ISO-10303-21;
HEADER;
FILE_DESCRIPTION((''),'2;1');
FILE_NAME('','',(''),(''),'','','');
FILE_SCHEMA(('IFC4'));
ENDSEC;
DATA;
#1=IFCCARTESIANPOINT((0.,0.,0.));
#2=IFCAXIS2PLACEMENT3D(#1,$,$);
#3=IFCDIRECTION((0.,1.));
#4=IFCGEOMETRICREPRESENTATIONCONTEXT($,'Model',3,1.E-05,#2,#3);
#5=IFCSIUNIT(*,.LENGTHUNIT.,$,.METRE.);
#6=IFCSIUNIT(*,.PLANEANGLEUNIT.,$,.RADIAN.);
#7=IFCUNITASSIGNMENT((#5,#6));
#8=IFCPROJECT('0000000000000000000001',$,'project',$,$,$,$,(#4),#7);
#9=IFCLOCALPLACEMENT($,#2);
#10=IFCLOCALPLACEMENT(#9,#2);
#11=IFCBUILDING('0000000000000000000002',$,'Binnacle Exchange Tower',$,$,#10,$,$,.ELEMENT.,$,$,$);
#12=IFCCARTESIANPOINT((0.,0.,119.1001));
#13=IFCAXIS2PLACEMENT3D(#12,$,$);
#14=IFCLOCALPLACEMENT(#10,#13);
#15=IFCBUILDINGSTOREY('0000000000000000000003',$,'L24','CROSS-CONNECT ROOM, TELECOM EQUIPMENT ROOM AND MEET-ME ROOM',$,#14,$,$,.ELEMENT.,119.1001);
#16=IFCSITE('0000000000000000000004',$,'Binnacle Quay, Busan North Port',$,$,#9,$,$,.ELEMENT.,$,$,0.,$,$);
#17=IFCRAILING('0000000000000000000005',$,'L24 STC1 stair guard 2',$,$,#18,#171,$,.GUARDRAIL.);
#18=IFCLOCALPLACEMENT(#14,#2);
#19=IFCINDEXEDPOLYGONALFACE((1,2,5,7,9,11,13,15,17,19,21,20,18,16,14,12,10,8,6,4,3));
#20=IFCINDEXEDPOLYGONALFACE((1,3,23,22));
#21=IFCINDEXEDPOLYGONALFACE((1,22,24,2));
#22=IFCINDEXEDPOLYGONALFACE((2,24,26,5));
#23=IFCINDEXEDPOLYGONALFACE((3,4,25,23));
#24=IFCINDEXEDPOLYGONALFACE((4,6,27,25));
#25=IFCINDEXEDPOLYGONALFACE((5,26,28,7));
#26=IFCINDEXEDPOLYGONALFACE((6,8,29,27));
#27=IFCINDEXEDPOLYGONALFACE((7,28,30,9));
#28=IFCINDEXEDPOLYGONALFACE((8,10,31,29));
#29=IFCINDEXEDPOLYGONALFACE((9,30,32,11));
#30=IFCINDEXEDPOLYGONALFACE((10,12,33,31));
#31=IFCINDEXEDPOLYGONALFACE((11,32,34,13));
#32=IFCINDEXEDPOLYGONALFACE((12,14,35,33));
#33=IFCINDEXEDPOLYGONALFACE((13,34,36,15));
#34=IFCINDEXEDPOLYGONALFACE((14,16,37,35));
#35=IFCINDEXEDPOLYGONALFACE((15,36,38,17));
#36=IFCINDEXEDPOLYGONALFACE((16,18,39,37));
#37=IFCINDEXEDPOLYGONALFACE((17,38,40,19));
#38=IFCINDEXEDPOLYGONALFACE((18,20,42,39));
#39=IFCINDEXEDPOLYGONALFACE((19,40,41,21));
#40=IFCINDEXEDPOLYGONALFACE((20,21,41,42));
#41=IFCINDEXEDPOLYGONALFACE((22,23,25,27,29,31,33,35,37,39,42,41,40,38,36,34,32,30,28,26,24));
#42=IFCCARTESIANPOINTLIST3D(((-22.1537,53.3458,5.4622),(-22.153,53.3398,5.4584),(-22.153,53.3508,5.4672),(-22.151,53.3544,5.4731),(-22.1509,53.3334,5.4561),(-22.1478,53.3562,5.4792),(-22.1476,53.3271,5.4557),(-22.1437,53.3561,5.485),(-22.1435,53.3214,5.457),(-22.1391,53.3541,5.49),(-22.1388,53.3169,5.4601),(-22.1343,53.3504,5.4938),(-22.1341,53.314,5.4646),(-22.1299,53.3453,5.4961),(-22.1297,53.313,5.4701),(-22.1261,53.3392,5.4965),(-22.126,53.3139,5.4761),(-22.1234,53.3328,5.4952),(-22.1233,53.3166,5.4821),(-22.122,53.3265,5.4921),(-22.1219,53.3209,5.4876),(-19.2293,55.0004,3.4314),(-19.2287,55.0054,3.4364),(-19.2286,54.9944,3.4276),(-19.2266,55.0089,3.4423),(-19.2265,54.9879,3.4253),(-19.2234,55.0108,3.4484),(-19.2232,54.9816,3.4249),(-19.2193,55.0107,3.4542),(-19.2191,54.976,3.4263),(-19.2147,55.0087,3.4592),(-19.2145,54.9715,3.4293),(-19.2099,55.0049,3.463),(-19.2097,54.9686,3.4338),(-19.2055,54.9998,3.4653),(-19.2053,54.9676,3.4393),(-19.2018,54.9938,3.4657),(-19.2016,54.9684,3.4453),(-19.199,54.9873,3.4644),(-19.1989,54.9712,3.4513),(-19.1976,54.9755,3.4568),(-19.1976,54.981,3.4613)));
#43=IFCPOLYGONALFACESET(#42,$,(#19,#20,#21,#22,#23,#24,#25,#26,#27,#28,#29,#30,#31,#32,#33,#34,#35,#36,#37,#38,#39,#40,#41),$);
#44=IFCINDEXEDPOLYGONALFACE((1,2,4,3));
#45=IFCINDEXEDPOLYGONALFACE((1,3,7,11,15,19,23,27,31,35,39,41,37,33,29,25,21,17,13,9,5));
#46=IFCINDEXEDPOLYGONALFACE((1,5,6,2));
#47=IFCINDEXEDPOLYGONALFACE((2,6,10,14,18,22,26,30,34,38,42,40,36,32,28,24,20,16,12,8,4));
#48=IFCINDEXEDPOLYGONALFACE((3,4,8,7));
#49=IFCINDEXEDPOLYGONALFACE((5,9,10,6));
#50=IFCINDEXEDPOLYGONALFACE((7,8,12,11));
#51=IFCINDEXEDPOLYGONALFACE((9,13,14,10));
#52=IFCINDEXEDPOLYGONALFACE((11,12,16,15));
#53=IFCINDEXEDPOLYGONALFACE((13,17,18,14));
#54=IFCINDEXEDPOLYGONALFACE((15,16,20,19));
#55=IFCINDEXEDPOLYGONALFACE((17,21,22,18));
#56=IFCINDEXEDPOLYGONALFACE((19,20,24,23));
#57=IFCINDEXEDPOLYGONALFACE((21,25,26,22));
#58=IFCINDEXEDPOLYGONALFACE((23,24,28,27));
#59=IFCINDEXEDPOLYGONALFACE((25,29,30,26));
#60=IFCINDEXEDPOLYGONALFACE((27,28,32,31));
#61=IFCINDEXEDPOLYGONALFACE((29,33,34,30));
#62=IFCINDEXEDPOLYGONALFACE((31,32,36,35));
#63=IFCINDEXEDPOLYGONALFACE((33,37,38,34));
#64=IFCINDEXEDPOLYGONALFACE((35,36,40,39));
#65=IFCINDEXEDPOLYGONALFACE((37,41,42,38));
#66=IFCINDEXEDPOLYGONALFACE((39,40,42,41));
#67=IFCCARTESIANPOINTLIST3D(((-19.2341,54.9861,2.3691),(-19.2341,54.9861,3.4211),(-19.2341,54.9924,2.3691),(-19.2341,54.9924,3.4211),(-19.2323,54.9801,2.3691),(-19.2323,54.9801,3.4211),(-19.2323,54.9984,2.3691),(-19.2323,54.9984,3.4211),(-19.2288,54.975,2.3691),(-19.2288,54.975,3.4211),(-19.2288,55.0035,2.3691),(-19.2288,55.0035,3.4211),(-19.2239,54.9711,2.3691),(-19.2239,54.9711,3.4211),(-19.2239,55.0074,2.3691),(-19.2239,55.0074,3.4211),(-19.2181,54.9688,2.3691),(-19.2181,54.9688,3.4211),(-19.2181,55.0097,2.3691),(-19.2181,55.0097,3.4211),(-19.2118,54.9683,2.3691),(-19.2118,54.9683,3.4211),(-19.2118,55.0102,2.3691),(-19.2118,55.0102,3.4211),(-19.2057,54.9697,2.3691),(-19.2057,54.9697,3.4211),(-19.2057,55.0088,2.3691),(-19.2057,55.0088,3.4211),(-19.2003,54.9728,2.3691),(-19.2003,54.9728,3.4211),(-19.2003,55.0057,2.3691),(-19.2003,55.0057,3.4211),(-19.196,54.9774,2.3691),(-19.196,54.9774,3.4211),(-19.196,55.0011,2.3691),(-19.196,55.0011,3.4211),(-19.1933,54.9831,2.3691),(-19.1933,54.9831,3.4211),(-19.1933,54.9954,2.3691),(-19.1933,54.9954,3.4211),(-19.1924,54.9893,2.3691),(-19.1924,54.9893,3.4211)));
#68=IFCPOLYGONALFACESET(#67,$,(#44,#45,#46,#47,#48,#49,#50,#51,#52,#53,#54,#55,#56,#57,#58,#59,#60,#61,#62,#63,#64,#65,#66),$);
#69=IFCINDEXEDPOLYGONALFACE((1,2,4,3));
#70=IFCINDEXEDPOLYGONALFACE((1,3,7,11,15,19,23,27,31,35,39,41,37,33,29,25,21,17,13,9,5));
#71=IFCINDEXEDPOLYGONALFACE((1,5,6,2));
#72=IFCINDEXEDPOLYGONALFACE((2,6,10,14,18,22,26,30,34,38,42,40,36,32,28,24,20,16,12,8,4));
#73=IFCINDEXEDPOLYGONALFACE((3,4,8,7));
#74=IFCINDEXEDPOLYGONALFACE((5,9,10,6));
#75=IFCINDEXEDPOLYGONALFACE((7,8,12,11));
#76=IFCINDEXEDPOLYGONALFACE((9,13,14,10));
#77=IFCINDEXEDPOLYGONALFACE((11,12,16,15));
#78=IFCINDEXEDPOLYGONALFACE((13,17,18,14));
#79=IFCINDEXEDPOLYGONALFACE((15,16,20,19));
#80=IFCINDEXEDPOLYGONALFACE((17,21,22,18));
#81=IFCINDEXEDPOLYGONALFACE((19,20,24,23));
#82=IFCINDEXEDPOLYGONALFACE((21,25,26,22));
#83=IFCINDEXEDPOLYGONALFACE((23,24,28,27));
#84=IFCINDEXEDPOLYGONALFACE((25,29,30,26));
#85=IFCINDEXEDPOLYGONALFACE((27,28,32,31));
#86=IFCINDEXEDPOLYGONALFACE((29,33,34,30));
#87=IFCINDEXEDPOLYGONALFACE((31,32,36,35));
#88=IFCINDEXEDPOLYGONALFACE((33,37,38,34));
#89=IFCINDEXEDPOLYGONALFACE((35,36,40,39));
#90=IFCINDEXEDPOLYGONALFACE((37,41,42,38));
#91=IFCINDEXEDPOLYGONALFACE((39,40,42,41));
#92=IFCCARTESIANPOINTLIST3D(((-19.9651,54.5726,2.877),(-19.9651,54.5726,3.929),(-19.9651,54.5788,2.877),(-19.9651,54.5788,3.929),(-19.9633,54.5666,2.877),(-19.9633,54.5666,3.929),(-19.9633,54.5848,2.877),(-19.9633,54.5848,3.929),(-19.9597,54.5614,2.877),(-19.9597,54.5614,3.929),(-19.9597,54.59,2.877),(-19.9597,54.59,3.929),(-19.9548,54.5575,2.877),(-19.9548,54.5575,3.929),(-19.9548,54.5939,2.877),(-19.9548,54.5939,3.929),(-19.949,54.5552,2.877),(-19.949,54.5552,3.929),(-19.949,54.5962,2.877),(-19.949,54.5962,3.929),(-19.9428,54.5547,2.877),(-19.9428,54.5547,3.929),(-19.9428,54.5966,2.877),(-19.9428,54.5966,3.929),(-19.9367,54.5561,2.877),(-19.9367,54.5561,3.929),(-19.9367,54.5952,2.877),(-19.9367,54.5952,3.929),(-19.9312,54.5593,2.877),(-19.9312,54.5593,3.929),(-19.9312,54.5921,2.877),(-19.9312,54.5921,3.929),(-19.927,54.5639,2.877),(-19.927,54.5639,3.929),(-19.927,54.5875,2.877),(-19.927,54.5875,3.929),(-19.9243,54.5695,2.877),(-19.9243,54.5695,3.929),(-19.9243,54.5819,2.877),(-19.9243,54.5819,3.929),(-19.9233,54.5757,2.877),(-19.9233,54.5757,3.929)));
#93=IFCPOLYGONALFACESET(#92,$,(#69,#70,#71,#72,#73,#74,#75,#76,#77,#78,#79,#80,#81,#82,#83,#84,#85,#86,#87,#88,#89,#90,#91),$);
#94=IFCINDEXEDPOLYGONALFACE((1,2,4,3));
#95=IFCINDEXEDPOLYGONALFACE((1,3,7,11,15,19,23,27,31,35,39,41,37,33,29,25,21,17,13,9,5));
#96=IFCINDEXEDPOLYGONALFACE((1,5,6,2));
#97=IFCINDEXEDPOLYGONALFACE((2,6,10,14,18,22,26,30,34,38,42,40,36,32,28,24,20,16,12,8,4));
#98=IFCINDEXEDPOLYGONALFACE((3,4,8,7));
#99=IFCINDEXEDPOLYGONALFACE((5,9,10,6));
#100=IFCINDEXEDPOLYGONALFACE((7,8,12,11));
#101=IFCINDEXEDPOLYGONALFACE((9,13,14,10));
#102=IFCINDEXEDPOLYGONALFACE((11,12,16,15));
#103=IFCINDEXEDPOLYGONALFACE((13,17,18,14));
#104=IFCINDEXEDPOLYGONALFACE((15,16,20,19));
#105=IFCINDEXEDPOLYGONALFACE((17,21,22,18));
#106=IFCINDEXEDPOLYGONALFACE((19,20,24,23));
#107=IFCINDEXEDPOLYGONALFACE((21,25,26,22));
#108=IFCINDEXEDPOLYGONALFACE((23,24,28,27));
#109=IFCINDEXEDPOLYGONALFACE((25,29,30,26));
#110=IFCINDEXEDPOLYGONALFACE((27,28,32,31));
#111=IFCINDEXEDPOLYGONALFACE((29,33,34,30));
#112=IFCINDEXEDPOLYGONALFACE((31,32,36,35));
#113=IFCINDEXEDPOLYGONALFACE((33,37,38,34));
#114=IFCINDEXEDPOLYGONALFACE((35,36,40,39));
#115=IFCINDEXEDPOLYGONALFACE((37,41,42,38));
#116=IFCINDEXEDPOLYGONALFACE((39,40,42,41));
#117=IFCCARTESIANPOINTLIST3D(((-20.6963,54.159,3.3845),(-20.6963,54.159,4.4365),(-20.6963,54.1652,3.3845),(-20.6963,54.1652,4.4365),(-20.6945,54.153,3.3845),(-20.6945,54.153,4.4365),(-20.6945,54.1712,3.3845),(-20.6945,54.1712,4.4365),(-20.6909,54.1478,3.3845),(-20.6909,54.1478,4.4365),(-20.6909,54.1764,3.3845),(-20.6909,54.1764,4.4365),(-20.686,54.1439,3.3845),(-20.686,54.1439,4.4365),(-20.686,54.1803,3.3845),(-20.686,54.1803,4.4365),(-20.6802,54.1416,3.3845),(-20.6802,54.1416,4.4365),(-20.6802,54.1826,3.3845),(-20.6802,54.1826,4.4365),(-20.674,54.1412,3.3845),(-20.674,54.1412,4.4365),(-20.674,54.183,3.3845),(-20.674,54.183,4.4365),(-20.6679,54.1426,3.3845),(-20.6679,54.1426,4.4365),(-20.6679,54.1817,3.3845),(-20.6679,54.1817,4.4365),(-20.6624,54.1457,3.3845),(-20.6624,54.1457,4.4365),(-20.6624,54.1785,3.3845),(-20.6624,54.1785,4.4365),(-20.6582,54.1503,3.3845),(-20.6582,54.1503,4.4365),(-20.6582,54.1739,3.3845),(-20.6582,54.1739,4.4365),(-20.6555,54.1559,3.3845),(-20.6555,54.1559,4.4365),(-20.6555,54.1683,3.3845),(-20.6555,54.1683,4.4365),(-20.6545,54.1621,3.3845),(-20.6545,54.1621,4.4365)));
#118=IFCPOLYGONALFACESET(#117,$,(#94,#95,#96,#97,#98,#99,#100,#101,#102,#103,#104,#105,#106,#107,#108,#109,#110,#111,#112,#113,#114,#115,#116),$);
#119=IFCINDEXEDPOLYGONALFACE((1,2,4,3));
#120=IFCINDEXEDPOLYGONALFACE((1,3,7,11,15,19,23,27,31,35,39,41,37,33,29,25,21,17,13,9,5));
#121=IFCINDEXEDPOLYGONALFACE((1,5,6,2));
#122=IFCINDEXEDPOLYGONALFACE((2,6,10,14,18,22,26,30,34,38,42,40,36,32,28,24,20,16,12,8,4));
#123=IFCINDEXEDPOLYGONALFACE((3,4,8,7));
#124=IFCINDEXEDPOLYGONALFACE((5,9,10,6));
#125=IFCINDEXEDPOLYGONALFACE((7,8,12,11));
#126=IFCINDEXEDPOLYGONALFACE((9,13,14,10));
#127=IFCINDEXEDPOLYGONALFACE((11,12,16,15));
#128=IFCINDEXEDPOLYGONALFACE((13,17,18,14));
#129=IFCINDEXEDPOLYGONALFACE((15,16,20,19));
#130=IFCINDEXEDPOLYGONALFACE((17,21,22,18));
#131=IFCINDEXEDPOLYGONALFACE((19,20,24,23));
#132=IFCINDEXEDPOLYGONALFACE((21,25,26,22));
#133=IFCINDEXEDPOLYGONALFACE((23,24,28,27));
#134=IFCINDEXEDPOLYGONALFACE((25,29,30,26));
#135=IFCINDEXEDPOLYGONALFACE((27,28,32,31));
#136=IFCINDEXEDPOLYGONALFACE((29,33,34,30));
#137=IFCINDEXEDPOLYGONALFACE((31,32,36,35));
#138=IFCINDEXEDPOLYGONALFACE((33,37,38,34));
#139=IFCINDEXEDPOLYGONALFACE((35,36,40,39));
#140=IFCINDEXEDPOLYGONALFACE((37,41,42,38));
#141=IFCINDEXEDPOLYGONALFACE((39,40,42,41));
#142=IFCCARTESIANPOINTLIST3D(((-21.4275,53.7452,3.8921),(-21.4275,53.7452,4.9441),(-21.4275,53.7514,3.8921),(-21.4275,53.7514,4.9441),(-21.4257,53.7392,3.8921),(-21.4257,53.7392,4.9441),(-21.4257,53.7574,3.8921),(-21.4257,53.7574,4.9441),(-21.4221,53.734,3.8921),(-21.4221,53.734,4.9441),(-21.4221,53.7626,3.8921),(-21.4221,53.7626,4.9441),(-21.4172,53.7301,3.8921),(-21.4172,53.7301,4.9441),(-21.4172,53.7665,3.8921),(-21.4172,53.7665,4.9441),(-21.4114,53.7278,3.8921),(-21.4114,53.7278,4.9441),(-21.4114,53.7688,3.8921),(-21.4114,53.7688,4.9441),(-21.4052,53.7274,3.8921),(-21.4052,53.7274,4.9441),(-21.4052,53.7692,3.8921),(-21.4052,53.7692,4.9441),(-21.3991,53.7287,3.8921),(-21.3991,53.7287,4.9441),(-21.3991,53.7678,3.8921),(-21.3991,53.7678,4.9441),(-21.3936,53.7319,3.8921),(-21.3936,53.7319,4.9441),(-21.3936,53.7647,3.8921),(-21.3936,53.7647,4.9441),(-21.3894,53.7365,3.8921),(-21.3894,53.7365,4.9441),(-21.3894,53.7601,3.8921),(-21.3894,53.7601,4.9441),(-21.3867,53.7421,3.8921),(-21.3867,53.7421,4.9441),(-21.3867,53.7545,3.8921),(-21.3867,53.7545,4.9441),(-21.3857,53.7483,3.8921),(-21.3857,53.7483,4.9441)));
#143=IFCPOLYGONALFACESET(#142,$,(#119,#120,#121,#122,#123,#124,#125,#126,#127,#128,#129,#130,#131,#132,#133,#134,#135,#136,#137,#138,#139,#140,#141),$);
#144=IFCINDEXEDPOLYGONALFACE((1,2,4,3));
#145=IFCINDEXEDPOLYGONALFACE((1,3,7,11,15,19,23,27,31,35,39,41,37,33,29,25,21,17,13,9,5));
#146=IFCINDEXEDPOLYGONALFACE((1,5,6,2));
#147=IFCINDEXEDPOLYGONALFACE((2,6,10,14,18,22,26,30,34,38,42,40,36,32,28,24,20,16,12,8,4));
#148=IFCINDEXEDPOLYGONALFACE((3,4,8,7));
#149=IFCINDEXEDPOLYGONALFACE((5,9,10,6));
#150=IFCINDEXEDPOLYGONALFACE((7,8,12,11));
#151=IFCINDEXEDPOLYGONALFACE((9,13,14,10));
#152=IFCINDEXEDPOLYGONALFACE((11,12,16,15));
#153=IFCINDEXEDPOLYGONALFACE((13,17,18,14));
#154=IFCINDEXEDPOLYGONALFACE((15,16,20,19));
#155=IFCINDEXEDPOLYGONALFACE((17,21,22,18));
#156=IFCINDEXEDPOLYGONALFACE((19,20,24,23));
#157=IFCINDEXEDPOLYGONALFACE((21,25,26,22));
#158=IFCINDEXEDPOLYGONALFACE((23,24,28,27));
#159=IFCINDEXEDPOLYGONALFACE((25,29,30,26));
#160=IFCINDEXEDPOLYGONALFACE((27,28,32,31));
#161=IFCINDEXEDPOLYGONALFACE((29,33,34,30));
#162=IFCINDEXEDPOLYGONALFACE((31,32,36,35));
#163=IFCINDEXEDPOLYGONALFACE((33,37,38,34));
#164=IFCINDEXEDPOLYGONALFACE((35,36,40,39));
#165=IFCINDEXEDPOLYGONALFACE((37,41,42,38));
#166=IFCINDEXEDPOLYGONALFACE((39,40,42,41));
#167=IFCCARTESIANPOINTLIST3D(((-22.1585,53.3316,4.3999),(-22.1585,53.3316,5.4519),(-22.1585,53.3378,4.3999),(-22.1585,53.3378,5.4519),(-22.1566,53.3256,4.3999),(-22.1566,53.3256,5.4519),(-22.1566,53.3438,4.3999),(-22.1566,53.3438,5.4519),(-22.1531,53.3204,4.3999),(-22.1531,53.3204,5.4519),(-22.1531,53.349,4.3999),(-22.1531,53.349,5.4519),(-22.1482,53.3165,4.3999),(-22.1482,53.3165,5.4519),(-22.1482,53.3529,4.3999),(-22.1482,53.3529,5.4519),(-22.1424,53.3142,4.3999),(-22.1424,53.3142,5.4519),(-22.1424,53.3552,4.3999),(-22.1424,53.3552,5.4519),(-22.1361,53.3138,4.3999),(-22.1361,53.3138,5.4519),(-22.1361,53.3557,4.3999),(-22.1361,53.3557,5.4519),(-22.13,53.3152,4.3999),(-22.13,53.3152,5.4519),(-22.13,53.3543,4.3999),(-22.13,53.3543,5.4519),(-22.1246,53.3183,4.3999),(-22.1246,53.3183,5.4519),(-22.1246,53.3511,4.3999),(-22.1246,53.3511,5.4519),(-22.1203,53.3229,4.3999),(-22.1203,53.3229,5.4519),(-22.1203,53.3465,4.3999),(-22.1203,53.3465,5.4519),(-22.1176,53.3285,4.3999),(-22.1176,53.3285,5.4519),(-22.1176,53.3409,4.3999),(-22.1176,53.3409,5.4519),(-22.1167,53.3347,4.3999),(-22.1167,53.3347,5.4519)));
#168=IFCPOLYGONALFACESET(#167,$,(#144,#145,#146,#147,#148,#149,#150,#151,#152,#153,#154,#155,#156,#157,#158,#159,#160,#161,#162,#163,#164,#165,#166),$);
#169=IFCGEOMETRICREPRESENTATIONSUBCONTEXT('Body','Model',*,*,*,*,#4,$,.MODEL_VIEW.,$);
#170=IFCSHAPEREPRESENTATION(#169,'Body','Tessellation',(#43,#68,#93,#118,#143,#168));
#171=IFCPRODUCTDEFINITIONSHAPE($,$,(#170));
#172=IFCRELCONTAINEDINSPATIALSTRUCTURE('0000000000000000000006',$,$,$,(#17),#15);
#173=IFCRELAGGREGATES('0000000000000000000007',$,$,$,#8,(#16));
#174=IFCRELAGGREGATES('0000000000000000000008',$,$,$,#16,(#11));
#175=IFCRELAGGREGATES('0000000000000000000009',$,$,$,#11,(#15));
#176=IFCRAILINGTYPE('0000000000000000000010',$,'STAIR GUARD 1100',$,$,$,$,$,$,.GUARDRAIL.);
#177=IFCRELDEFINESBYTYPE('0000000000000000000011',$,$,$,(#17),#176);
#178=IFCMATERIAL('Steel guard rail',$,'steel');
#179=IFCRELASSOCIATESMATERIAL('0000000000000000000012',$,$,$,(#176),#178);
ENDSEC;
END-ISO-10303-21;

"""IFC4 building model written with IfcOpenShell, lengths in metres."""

from ifc_helpers import new_model, si_unit, direction, frame, origin, origin_2d, place, context, subcontext, project, spatial, circle, extrude, material, type_object, element, save


model = new_model("IFC4")

# Units and contexts
model_context = context("Model", 3, precision=1e-05, world=origin(), true_north=direction((0.0, 1.0)))
body_context = subcontext(model_context, "Body", "Model", "MODEL_VIEW")
ifc_project = project(units=[si_unit("LENGTHUNIT", "METRE"), si_unit("PLANEANGLEUNIT", "RADIAN")], contexts=[model_context])

# Site, building, storey
site_placement = place(None, origin())
site = spatial("IfcSite", under=ifc_project, at=site_placement, Name="Binnacle Quay, Busan North Port", CompositionType="ELEMENT", RefElevation=0.0)
building_placement = place(site_placement, origin())
building = spatial("IfcBuilding", under=site, at=building_placement, Name="Binnacle Exchange Tower", CompositionType="ELEMENT")
storey_placement = place(building_placement, frame((0.0, 0.0, 119.1001)))
storey = spatial("IfcBuildingStorey", under=building, at=storey_placement, Name="L24", Description="CROSS-CONNECT ROOM, TELECOM EQUIPMENT ROOM AND MEET-ME ROOM", CompositionType="ELEMENT", Elevation=119.1001)

# Railing
ifc_material_1 = material(Name="Steel guard rail", Category="steel")
railing_type_1 = type_object("IfcRailingType", Name="STAIR GUARD 1100", PredefinedType="GUARDRAIL", material=ifc_material_1)
railing_1_placement = place(storey_placement, frame((-19.2134, 54.9893, 2.3691)))
element("IfcRailing", 1, at=railing_1_placement, inside=storey, type_object=railing_type_1, Name="L24 STC1 stair guard 2", PredefinedType="GUARDRAIL", context=body_context, shape_type="SweptSolid", body=[
    extrude(circle(Radius=0.0239, at=origin_2d()), frame((0.0, 0.0, 1.0762), z_axis=(-0.744867, -0.421437, 0.517266), x_axis=(0.492433, -0.87035, 0.0)), (0.0, 0.0, 1.0), 3.926),
    extrude(circle(Radius=0.021, at=origin_2d()), origin(), (0.0, 0.0, 1.0), 1.052),
    extrude(circle(Radius=0.021, at=origin_2d()), frame((-0.731, -0.4136, 0.5078)), (0.0, 0.0, 1.0), 1.052),
    extrude(circle(Radius=0.021, at=origin_2d()), frame((-1.4622, -0.8271, 1.0154)), (0.0, 0.0, 1.0), 1.052),
    extrude(circle(Radius=0.021, at=origin_2d()), frame((-2.1934, -1.241, 1.5229)), (0.0, 0.0, 1.0), 1.052),
    extrude(circle(Radius=0.021, at=origin_2d()), frame((-2.9243, -1.6545, 2.0308)), (0.0, 0.0, 1.0), 1.052),
])

save(model, "model.ifc")
